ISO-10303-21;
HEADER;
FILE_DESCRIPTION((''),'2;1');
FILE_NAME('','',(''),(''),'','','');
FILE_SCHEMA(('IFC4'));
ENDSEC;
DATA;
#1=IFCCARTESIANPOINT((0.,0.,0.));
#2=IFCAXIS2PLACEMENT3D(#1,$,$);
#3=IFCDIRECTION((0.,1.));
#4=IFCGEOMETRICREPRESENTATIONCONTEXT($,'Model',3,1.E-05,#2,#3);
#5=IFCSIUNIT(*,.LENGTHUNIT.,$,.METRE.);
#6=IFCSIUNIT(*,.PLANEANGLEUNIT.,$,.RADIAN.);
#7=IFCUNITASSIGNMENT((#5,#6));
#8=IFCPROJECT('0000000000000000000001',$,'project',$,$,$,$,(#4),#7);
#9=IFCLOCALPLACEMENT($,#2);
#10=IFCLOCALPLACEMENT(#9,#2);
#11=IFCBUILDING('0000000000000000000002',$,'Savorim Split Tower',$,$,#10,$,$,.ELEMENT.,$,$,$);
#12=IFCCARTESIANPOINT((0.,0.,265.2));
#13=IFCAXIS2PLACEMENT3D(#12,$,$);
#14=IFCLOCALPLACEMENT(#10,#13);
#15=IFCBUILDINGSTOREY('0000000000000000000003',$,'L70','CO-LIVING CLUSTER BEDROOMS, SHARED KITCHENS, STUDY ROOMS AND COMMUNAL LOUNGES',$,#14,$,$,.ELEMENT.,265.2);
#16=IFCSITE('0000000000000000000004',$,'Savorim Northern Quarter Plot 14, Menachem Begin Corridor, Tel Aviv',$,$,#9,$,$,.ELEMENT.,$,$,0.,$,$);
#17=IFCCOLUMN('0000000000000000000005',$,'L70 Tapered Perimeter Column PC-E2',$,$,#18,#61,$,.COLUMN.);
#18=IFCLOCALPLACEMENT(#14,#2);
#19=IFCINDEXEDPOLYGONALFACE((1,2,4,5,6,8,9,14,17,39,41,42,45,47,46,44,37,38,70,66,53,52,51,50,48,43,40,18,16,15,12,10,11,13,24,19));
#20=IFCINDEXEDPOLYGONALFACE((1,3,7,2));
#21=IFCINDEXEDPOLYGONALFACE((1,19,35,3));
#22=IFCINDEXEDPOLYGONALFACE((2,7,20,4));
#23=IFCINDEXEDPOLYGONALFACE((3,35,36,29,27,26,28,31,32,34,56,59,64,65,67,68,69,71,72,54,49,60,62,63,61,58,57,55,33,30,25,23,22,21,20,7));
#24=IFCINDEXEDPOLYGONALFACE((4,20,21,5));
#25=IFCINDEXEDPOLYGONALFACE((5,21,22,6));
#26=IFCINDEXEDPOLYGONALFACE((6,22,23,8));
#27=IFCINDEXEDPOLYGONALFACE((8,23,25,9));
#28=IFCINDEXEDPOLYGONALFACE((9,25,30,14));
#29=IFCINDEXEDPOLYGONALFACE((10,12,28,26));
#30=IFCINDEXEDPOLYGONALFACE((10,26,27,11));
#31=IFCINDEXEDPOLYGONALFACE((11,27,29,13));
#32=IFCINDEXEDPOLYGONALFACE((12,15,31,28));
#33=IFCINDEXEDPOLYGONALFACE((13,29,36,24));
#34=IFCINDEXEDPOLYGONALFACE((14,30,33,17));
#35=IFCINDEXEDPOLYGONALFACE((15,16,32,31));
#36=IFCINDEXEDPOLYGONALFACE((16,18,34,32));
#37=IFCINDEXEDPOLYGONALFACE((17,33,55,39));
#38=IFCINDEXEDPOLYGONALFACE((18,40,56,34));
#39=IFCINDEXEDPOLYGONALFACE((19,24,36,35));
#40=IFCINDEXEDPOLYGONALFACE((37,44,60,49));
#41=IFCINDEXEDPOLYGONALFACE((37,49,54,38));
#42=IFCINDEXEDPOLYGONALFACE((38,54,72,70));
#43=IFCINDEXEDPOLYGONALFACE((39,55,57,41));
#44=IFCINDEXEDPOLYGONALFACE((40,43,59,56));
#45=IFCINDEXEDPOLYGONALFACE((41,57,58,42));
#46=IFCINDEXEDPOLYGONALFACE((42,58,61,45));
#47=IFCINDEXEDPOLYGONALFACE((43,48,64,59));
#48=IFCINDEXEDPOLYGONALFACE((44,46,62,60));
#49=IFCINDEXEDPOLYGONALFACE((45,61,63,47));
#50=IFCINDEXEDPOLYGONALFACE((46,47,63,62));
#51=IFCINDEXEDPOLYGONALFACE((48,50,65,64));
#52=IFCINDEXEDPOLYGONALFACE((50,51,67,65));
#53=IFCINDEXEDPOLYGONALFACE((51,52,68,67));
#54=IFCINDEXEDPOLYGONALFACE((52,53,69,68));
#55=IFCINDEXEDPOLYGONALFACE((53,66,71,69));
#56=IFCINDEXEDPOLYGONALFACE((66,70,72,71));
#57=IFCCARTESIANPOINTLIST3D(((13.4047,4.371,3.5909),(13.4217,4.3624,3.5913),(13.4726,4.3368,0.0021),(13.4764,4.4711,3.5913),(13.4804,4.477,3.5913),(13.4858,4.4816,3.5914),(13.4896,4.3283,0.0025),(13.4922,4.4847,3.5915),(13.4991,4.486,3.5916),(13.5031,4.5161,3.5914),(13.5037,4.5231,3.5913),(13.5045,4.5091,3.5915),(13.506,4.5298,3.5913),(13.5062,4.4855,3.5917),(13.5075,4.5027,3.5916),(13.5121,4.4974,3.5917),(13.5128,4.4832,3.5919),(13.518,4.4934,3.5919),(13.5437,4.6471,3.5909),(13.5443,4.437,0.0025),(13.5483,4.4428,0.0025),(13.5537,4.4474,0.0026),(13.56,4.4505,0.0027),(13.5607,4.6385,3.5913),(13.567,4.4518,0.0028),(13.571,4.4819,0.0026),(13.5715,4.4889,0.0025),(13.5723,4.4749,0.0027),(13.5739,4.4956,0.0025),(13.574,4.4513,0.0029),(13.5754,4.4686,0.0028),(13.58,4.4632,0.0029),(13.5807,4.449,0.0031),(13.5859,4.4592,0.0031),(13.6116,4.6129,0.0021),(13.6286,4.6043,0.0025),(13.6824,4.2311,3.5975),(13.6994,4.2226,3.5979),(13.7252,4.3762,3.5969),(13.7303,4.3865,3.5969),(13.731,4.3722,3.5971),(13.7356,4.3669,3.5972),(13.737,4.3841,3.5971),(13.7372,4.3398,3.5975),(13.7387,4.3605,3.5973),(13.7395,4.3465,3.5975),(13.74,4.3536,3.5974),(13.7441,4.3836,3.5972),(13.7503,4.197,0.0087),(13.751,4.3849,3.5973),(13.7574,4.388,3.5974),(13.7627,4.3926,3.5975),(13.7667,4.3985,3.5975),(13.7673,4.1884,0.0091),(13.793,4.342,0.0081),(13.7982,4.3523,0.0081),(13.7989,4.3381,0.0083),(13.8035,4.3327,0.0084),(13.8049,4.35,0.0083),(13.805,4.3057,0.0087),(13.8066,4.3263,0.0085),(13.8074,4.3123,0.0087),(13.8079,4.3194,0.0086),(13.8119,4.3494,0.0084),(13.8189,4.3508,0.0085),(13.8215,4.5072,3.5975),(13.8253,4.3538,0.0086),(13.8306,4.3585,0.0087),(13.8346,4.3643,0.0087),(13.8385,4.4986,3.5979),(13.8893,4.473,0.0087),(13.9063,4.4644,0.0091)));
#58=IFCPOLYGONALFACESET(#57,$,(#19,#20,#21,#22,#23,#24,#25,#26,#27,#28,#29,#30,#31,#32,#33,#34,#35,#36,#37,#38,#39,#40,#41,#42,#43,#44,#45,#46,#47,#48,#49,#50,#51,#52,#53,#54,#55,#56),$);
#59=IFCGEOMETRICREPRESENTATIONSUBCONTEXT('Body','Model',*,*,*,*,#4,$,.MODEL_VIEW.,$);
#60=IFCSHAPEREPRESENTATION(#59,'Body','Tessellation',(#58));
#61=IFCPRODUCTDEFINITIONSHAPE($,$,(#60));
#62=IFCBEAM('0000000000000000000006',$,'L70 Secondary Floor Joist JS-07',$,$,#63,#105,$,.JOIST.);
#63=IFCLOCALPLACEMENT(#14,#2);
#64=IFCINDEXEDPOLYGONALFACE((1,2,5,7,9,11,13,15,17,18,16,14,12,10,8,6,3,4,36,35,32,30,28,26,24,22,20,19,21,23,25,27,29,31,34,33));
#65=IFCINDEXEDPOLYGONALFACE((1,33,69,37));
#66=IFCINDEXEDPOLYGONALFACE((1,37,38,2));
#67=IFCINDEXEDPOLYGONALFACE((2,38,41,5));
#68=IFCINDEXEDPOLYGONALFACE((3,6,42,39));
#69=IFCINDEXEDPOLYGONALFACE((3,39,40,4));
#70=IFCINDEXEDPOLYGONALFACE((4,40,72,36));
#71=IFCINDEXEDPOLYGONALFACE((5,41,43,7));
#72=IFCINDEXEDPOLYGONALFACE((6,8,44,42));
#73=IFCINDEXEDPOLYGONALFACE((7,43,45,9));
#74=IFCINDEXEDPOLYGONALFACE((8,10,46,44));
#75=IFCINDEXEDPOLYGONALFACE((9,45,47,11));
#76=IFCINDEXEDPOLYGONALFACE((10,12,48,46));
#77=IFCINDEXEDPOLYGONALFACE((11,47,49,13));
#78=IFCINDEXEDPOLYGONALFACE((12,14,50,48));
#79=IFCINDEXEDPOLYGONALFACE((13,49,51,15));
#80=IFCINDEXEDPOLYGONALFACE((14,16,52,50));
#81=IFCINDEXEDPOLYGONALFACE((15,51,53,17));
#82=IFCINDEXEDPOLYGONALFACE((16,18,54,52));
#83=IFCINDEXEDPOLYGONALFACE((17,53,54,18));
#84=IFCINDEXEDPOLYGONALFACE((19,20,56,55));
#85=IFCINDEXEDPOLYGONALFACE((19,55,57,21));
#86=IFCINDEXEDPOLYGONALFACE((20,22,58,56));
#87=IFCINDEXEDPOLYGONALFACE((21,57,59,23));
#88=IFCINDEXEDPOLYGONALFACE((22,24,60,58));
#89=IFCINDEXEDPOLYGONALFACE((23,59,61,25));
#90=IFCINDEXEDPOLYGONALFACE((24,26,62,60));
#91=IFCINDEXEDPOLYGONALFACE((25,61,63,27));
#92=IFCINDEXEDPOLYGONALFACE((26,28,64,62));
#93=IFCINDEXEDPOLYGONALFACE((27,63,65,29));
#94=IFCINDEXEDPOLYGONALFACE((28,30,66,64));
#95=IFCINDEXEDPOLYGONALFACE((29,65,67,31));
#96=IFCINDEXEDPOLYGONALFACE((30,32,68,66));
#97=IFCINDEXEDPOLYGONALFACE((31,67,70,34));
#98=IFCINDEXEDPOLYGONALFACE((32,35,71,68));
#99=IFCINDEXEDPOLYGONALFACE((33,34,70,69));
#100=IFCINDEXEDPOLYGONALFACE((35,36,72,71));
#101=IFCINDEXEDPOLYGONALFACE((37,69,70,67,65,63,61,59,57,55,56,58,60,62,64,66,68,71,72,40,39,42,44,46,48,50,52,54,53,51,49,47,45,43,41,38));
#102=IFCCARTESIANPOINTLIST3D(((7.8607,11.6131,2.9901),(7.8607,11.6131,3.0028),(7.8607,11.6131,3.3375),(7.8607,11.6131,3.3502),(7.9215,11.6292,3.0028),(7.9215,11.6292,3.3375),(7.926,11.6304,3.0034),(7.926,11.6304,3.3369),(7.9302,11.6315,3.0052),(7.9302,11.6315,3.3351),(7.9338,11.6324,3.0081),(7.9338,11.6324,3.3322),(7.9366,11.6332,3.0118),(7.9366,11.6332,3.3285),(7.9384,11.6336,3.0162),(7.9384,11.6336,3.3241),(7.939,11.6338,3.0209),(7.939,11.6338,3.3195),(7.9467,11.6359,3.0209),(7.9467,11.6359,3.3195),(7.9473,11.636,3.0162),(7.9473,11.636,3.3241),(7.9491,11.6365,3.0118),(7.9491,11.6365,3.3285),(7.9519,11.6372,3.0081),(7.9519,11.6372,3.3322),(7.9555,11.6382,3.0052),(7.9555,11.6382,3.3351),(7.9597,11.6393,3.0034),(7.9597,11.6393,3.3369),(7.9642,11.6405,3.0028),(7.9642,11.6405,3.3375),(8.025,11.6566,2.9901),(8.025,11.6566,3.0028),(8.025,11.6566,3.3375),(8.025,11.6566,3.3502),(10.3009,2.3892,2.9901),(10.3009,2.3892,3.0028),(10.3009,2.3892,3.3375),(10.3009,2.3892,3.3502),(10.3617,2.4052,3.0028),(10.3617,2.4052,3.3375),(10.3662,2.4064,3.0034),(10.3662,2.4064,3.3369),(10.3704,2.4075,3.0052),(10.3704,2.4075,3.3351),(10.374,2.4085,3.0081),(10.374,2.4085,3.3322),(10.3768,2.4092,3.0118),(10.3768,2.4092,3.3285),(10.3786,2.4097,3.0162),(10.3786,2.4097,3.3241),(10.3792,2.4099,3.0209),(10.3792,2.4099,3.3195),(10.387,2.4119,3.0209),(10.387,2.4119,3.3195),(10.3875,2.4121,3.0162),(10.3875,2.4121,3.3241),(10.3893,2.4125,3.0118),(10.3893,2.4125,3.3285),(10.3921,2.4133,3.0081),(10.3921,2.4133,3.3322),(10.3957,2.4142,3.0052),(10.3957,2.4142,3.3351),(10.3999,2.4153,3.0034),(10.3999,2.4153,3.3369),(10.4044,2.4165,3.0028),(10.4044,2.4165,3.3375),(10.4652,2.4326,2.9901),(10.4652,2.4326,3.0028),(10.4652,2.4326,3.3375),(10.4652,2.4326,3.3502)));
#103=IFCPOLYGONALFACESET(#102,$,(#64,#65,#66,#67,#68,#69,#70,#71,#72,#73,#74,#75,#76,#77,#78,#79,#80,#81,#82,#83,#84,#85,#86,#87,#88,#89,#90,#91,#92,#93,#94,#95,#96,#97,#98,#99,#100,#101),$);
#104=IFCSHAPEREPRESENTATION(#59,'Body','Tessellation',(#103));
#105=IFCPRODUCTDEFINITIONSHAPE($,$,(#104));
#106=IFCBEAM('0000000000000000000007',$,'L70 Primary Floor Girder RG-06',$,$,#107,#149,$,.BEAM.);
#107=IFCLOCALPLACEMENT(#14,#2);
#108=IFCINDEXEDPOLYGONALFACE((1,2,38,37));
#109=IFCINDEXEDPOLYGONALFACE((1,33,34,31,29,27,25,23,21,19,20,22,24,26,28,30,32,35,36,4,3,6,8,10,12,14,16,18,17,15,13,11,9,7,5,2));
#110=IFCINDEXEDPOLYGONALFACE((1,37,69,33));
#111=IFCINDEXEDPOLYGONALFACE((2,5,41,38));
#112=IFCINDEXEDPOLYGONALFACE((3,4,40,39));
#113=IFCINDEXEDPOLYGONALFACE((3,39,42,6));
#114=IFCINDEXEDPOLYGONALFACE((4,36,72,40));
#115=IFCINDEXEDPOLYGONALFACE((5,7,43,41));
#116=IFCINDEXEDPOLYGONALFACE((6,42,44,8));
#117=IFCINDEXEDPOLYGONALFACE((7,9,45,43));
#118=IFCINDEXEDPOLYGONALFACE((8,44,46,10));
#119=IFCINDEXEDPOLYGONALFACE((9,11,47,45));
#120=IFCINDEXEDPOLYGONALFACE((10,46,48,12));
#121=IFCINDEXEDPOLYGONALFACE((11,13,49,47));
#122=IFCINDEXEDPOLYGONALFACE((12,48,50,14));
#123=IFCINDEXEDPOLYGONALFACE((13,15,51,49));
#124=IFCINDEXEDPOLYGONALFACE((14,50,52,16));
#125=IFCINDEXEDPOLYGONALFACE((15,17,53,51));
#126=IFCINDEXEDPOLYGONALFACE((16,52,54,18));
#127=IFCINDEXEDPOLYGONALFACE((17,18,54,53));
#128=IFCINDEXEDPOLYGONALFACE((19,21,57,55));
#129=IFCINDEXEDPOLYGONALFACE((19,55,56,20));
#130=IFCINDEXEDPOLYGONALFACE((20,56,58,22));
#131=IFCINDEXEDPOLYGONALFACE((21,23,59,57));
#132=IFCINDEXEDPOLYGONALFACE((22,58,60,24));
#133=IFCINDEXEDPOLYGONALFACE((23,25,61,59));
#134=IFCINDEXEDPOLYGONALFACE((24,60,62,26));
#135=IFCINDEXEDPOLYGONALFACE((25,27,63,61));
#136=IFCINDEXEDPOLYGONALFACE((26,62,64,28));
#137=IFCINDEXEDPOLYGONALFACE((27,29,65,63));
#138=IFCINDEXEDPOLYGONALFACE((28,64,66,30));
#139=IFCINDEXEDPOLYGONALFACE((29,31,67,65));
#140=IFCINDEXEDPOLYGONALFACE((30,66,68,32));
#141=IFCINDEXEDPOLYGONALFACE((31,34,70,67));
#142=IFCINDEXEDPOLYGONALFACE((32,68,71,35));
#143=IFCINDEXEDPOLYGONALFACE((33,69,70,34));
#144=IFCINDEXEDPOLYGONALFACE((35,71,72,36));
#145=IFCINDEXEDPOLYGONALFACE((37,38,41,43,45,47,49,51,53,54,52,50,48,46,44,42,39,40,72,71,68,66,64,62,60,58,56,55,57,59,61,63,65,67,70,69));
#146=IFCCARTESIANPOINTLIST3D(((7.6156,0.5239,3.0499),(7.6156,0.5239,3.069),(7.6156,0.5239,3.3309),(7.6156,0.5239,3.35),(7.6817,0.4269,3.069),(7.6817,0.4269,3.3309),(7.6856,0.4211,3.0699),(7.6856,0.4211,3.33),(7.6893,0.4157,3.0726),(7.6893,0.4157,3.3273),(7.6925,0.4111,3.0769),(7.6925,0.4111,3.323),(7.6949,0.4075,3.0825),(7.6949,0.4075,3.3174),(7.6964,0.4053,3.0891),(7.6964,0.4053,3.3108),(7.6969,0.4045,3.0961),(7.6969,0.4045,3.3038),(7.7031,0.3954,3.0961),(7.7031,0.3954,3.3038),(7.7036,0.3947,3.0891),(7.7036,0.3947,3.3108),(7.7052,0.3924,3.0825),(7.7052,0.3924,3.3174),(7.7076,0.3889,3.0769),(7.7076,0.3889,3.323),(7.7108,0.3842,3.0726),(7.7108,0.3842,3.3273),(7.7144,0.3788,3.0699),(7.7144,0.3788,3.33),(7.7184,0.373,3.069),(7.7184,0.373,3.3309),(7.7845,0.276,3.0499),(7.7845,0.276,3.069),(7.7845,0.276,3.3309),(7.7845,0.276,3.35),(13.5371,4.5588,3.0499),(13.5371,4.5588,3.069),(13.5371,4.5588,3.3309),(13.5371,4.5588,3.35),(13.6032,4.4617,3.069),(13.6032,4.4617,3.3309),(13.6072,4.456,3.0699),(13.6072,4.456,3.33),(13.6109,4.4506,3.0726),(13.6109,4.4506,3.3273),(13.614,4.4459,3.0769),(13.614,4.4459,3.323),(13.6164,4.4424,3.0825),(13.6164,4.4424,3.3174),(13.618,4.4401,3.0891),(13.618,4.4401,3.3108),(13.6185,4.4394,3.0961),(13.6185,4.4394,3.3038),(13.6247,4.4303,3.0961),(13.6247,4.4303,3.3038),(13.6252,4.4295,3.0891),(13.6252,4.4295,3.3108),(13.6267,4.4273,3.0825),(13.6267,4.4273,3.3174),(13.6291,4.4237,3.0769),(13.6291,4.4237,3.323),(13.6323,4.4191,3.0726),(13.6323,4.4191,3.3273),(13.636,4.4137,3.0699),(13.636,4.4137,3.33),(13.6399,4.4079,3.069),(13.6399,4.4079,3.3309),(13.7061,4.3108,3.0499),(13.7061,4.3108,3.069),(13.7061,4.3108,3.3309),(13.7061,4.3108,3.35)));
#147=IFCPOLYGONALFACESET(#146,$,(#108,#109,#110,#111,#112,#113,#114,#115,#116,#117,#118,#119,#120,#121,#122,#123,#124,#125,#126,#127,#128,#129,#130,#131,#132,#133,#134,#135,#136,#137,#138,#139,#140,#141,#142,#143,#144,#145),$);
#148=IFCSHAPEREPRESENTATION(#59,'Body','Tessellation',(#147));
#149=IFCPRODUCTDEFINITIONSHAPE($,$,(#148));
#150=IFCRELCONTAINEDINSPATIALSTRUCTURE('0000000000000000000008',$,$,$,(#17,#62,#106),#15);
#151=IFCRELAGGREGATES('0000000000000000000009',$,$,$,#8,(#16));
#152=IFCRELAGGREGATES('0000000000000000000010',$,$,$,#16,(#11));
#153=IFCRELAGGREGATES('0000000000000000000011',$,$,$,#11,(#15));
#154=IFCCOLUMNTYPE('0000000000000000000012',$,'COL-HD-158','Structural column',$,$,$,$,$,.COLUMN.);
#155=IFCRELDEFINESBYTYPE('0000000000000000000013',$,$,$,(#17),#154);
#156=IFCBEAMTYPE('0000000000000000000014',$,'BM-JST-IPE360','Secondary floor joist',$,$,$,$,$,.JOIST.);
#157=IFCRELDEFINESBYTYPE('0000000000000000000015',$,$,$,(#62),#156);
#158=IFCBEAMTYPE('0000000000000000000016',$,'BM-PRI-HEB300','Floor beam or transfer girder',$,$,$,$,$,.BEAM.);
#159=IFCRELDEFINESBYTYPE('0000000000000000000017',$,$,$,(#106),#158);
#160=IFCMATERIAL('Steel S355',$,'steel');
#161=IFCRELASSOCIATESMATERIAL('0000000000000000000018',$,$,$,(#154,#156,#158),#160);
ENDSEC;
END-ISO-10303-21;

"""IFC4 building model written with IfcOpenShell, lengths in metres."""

from ifc_helpers import new_model, si_unit, direction, frame, origin, origin_2d, place, context, subcontext, project, spatial, i_section, extrude, material, material_profile, profile_set, type_object, element, save


model = new_model("IFC4")

# Units and contexts
model_context = context("Model", 3, precision=1e-05, world=origin(), true_north=direction((0.0, 1.0)))
body_context = subcontext(model_context, "Body", "Model", "MODEL_VIEW")
ifc_project = project(units=[si_unit("LENGTHUNIT", "METRE"), si_unit("PLANEANGLEUNIT", "RADIAN")], contexts=[model_context])

# Site, building, storey
site_placement = place(None, origin())
site = spatial("IfcSite", under=ifc_project, at=site_placement, Name="Savorim Northern Quarter Plot 14, Menachem Begin Corridor, Tel Aviv", CompositionType="ELEMENT", RefElevation=0.0)
building_placement = place(site_placement, origin())
building = spatial("IfcBuilding", under=site, at=building_placement, Name="Savorim Split Tower", CompositionType="ELEMENT")
storey_placement = place(building_placement, frame((0.0, 0.0, 265.2)))
storey = spatial("IfcBuildingStorey", under=building, at=storey_placement, Name="L70", Description="CO-LIVING CLUSTER BEDROOMS, SHARED KITCHENS, STUDY ROOMS AND COMMUNAL LOUNGES", CompositionType="ELEMENT", Elevation=265.2)

# Column
ifc_material_1 = material(Name="Steel S355", Category="steel")
ifc_material_profile_1 = material_profile(ifc_material_1, i_section(OverallWidth=0.3091, OverallDepth=0.3301, WebThickness=0.0115, FlangeThickness=0.019, FilletRadius=0.0271, at=origin_2d()), Name="HD 320x158")
ifc_profile_set_1 = profile_set([ifc_material_profile_1], Name="Steel S355")
column_type = type_object("IfcColumnType", Name="COL-HD-158", Description="Structural column", PredefinedType="COLUMN", material=ifc_profile_set_1)
column_placement = place(storey_placement, frame((13.6895, 4.4006, 0.0056), z_axis=(-0.018907, 0.009522, 0.999776), x_axis=(-0.449782, -0.893138, 0.0)))
element("IfcColumn", 1, at=column_placement, inside=storey, type_object=column_type, Name="L70 Tapered Perimeter Column PC-E2", PredefinedType="COLUMN", context=body_context, shape_type="SweptSolid", body=[
    extrude(i_section(OverallWidth=0.3091, OverallDepth=0.3301, WebThickness=0.0115, FlangeThickness=0.019, FilletRadius=0.0271, at=origin_2d()), origin(), (0.0, 0.0, 1.0), 3.5896),
])

# Beams
ifc_material_profile_2 = material_profile(ifc_material_1, i_section(OverallWidth=0.1699, OverallDepth=0.3601, WebThickness=0.0081, FlangeThickness=0.0127, FilletRadius=0.0181, at=origin_2d()), Name="IPE 360")
ifc_profile_set_2 = profile_set([ifc_material_profile_2], Name="Steel S355")
beam_type_1 = type_object("IfcBeamType", Name="BM-JST-IPE360", Description="Secondary floor joist", PredefinedType="JOIST", material=ifc_profile_set_2)
beam_1_placement = place(storey_placement, frame((10.3831, 2.4109, 3.1702), z_axis=(-0.255753, 0.966742, 0.0), x_axis=(-0.966742, -0.255753, 0.0)))
element("IfcBeam", 2, at=beam_1_placement, inside=storey, type_object=beam_type_1, Name="L70 Secondary Floor Joist JS-07", PredefinedType="JOIST", context=body_context, shape_type="SweptSolid", body=[
    extrude(i_section(OverallWidth=0.1699, OverallDepth=0.3601, WebThickness=0.0081, FlangeThickness=0.0127, FilletRadius=0.0181, at=origin_2d()), origin(), (0.0, 0.0, 1.0), 9.5413),
])
ifc_material_profile_3 = material_profile(ifc_material_1, i_section(OverallWidth=0.3, OverallDepth=0.3, WebThickness=0.011, FlangeThickness=0.019, FilletRadius=0.0271, at=origin_2d()), Name="HEB 300")
ifc_profile_set_3 = profile_set([ifc_material_profile_3], Name="Steel S355")
beam_type_2 = type_object("IfcBeamType", Name="BM-PRI-HEB300", Description="Floor beam or transfer girder", PredefinedType="BEAM", material=ifc_profile_set_3)
beam_2_placement = place(storey_placement, frame((13.6216, 4.4348, 3.2), z_axis=(-0.826394, -0.563093, 0.0), x_axis=(0.563093, -0.826394, 0.0)))
element("IfcBeam", 3, at=beam_2_placement, inside=storey, type_object=beam_type_2, Name="L70 Primary Floor Girder RG-06", PredefinedType="BEAM", context=body_context, shape_type="SweptSolid", body=[
    extrude(i_section(OverallWidth=0.3, OverallDepth=0.3, WebThickness=0.011, FlangeThickness=0.019, FilletRadius=0.0271, at=origin_2d()), origin(), (0.0, 0.0, 1.0), 7.1655),
])

save(model, "model.ifc")
